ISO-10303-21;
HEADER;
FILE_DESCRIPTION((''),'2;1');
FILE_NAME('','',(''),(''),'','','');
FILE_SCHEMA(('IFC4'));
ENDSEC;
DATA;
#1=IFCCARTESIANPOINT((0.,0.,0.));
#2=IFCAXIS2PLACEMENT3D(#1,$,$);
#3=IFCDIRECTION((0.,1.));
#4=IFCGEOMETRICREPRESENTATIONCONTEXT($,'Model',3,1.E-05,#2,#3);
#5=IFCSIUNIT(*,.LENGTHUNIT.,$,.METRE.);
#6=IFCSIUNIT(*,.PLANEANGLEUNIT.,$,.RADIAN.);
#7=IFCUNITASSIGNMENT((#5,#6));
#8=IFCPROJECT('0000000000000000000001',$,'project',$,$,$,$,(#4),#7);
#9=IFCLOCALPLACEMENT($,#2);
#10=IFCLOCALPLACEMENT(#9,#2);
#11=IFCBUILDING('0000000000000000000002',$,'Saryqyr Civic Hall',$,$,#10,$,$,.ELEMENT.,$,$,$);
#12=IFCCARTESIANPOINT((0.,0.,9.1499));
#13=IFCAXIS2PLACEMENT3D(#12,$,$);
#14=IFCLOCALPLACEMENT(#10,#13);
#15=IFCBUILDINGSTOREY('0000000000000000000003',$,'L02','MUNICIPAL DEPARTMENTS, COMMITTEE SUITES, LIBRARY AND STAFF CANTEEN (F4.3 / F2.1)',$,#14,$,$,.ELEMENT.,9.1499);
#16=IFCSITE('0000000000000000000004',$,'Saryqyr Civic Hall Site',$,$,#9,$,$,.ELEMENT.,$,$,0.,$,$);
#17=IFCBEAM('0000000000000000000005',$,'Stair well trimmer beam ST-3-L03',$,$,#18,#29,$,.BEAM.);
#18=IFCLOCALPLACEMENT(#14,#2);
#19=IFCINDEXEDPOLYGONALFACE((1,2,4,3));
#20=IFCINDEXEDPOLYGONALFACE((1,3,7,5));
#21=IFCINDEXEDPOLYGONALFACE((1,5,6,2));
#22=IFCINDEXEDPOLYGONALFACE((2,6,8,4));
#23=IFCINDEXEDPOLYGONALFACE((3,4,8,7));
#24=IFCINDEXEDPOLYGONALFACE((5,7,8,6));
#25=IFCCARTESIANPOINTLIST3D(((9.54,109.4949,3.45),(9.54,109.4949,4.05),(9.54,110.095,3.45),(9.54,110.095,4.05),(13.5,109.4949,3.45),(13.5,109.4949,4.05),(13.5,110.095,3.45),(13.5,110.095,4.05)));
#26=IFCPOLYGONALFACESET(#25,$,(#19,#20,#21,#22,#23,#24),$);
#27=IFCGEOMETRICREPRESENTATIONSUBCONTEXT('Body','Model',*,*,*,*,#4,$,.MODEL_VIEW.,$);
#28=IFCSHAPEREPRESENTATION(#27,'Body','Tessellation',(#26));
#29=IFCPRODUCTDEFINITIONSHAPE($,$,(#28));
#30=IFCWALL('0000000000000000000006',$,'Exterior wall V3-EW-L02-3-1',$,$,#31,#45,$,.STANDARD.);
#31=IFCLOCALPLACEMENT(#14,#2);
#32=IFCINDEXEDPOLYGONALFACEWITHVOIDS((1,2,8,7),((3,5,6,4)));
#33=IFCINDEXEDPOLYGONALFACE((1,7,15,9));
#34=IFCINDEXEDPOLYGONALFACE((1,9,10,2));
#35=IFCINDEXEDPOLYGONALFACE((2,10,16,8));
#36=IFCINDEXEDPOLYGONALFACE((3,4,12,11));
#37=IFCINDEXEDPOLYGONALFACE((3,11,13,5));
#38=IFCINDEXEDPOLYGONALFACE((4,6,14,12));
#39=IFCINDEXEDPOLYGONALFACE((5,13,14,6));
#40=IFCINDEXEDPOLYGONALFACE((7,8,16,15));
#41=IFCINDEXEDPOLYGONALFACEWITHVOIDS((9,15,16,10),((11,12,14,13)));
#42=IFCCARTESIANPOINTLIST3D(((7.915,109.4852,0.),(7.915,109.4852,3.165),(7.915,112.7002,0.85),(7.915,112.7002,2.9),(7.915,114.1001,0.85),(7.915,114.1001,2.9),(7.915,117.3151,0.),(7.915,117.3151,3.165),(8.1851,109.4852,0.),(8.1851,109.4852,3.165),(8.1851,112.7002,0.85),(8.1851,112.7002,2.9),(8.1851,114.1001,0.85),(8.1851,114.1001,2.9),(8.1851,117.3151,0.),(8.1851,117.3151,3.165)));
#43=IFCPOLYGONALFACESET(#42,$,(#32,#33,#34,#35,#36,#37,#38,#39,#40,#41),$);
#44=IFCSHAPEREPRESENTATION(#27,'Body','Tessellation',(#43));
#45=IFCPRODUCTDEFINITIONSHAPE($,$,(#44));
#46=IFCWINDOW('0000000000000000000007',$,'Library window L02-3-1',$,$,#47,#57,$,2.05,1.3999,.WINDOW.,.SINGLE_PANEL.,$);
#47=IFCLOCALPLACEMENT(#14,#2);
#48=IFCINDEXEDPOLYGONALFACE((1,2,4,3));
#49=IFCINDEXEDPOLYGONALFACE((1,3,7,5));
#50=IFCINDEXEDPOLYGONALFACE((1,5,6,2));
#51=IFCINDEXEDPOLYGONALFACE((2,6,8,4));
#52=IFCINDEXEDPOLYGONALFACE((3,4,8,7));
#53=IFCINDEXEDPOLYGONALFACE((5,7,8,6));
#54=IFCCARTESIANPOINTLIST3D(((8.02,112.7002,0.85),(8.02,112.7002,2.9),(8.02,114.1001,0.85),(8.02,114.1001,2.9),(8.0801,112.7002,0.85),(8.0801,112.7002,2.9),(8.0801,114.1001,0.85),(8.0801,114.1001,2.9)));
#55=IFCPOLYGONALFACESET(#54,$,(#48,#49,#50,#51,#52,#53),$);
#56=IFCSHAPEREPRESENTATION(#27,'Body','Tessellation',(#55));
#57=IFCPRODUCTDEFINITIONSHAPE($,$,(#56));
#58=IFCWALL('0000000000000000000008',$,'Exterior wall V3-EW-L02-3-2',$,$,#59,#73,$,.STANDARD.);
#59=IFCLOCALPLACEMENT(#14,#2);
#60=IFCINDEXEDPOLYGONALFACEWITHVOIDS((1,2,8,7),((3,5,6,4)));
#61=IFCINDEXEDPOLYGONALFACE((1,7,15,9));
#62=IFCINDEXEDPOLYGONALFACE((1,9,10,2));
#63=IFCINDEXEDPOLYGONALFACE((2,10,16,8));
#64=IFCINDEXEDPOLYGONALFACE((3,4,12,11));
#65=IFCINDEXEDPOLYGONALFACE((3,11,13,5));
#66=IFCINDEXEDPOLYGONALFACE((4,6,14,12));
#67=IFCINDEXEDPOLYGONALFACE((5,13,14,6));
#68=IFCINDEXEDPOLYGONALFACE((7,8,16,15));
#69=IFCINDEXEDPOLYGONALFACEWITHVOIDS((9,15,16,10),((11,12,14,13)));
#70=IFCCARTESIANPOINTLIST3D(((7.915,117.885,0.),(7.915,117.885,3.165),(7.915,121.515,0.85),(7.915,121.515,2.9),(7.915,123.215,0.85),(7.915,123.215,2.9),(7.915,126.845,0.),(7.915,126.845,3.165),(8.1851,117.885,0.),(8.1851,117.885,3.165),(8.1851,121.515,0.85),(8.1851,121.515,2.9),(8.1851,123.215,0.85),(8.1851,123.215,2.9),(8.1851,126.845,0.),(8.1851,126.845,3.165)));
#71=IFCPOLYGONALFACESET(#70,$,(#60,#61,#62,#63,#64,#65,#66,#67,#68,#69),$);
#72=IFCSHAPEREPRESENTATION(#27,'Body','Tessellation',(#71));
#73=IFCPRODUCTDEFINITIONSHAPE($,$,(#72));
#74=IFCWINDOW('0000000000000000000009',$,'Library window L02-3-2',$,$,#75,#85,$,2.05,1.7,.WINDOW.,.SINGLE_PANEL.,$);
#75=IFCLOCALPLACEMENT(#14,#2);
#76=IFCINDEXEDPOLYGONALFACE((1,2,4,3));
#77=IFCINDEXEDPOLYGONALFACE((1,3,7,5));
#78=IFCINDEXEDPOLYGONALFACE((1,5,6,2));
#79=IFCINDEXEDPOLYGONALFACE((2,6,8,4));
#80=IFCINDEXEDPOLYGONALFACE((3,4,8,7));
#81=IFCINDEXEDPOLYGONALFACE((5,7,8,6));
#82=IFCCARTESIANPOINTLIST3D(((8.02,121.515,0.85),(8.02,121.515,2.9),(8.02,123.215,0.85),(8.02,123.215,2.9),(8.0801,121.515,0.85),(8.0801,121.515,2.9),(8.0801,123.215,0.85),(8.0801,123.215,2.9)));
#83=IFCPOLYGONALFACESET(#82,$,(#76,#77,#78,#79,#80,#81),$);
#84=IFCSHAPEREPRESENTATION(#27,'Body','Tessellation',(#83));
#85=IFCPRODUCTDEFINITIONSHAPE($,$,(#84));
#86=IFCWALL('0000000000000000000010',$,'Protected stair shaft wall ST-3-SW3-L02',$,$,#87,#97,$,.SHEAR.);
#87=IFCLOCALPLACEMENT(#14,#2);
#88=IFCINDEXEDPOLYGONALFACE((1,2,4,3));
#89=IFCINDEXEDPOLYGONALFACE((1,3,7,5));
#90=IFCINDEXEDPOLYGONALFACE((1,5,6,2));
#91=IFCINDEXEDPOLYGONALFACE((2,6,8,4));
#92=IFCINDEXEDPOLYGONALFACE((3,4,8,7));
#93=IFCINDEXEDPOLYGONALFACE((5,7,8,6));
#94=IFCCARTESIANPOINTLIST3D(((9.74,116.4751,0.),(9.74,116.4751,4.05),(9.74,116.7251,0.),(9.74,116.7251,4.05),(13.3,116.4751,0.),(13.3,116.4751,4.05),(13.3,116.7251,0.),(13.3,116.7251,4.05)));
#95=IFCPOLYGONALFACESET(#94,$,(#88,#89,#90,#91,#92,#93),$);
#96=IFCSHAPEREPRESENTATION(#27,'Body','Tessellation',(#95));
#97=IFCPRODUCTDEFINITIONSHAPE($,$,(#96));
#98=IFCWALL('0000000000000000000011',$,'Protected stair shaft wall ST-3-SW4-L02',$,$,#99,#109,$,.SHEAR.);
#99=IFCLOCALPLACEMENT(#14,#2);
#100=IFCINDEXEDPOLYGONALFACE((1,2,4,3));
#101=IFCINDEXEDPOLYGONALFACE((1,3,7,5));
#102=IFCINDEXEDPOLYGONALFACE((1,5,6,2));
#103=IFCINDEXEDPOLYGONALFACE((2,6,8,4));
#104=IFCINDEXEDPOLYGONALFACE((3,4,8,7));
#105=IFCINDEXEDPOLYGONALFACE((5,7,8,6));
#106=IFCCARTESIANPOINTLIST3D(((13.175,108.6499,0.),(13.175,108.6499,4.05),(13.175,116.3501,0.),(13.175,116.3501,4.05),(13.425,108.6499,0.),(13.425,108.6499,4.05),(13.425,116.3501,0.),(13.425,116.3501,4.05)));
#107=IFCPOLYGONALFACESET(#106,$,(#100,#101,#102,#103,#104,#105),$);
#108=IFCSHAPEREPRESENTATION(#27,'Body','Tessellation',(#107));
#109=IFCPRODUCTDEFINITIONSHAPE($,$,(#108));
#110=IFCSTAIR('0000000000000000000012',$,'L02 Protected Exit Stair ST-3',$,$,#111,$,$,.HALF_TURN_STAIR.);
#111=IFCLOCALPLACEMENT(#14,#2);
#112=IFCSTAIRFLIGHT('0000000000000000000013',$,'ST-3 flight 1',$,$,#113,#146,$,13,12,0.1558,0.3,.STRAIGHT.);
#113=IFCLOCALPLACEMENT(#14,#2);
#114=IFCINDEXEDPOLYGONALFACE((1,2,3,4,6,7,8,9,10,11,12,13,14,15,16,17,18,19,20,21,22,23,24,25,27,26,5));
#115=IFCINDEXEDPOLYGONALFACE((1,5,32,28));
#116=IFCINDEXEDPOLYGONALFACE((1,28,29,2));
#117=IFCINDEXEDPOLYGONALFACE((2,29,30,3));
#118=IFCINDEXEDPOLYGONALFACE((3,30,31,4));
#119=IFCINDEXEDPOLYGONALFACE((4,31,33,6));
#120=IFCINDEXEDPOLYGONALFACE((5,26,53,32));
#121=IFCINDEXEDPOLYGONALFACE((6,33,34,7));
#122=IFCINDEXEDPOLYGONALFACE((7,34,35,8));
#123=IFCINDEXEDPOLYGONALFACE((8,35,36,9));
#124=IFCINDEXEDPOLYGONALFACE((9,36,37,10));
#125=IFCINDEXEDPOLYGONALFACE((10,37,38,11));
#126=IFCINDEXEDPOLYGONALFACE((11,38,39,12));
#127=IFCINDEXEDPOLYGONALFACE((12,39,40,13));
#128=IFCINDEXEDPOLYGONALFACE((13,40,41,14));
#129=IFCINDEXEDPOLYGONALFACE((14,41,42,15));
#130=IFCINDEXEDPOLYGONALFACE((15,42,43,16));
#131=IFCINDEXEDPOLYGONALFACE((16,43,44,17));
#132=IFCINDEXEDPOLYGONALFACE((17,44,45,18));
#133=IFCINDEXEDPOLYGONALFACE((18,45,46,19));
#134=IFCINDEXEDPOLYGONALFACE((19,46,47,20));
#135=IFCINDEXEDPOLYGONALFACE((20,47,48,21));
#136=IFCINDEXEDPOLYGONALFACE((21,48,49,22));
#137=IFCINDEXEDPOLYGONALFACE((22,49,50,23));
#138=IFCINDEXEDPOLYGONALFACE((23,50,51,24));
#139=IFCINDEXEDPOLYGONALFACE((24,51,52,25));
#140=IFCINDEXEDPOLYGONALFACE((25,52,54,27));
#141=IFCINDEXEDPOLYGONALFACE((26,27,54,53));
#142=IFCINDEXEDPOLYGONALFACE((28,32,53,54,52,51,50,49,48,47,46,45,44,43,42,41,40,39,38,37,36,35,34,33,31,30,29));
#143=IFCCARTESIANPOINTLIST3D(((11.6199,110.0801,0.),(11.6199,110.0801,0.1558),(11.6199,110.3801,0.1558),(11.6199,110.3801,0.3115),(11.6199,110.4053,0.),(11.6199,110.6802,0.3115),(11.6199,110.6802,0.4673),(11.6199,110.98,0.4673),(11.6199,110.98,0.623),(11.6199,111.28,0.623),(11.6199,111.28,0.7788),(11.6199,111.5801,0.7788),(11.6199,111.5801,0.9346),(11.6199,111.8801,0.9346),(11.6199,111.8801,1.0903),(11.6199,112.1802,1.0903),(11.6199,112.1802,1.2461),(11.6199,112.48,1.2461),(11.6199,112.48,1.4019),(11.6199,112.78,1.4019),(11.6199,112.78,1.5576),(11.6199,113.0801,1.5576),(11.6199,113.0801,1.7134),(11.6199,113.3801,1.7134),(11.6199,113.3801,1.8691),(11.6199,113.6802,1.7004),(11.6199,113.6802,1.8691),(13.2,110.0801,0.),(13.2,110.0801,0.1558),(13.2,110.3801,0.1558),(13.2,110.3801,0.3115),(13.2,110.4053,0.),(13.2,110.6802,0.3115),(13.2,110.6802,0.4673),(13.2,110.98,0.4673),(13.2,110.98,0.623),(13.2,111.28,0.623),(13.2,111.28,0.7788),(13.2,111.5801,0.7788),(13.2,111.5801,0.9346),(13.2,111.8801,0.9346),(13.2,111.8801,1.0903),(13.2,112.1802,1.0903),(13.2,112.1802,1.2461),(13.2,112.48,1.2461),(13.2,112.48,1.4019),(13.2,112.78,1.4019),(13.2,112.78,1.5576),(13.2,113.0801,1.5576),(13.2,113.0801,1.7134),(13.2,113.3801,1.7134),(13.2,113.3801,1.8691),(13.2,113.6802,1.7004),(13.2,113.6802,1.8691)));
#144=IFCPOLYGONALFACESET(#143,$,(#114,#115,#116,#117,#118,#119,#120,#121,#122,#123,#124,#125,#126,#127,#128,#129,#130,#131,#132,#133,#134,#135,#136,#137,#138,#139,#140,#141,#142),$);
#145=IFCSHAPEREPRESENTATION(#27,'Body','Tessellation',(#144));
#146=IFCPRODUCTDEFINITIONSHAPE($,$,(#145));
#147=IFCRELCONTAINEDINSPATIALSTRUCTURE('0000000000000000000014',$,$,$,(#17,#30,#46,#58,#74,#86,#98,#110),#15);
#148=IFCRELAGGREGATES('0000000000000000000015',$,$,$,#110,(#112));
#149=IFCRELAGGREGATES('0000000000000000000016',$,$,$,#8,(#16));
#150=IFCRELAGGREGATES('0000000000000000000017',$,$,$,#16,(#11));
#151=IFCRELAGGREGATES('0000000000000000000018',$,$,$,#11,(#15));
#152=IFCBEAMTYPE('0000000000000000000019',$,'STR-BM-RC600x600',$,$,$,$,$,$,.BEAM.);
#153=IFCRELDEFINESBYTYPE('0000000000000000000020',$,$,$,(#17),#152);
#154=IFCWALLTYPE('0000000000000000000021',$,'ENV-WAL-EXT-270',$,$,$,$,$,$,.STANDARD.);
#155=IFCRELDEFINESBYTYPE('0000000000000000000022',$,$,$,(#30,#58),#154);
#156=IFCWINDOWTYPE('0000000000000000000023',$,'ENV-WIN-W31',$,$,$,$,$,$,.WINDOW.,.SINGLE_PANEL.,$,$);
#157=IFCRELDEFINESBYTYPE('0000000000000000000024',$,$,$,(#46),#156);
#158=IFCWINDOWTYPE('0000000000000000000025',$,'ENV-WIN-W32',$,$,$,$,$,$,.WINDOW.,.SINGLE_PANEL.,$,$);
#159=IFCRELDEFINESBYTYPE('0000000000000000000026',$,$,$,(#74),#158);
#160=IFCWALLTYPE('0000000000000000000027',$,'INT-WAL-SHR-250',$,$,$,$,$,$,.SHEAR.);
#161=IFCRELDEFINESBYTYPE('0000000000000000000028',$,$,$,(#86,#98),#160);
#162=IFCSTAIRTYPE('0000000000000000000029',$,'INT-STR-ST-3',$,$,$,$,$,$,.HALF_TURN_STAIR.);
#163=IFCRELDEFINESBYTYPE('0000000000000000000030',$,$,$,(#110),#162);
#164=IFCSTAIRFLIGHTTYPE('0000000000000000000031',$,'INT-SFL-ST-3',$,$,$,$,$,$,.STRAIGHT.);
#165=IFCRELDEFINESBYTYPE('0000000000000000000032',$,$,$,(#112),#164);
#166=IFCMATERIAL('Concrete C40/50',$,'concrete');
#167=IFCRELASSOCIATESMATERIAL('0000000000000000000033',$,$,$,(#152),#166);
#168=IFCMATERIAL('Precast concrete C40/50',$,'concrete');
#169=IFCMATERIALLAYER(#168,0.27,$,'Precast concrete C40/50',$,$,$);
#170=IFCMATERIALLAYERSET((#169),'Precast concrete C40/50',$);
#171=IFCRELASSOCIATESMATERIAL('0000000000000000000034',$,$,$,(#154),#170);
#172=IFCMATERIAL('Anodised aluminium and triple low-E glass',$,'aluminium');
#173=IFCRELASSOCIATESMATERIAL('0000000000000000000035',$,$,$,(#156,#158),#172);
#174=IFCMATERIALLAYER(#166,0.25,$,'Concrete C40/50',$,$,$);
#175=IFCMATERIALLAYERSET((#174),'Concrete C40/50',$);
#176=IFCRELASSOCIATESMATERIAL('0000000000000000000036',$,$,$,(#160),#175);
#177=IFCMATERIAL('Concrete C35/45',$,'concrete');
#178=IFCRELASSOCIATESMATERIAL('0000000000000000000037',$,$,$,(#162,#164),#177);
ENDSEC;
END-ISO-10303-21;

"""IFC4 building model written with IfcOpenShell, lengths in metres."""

from ifc_helpers import new_model, si_unit, direction, frame, frame_2d, origin, origin_2d, place, context, subcontext, project, spatial, polyline, rectangle, outline, extrude, material, layer, layer_set, material_profile, profile_set, type_object, element, fill, aggregate, save


model = new_model("IFC4")

# Units and contexts
model_context = context("Model", 3, precision=1e-05, world=origin(), true_north=direction((0.0, 1.0)))
body_context = subcontext(model_context, "Body", "Model", "MODEL_VIEW")
ifc_project = project(units=[si_unit("LENGTHUNIT", "METRE"), si_unit("PLANEANGLEUNIT", "RADIAN")], contexts=[model_context])

# Site, building, storey
site_placement = place(None, origin())
site = spatial("IfcSite", under=ifc_project, at=site_placement, Name="Saryqyr Civic Hall Site", CompositionType="ELEMENT", RefElevation=0.0)
building_placement = place(site_placement, origin())
building = spatial("IfcBuilding", under=site, at=building_placement, Name="Saryqyr Civic Hall", CompositionType="ELEMENT")
storey_placement = place(building_placement, frame((0.0, 0.0, 9.1499)))
storey = spatial("IfcBuildingStorey", under=building, at=storey_placement, Name="L02", Description="MUNICIPAL DEPARTMENTS, COMMITTEE SUITES, LIBRARY AND STAFF CANTEEN (F4.3 / F2.1)", CompositionType="ELEMENT", Elevation=9.1499)

# Shared definitions
ifc_material_1 = material(Name="Concrete C40/50", Category="concrete")

# Beam
ifc_material_2 = material(Name="Concrete C35/45", Category="concrete")
ifc_material_profile_1 = material_profile(ifc_material_1, rectangle(XDim=0.6001, YDim=0.6001, at=origin_2d()), Name="RC 600x600")
ifc_profile_set_1 = profile_set([ifc_material_profile_1], Name="Concrete C40/50")
beam_type_1 = type_object("IfcBeamType", Name="STR-BM-RC600x600", PredefinedType="BEAM", material=ifc_profile_set_1)
beam_1_placement = place(storey_placement, frame((13.5, 109.7949, 3.75), z_axis=(-1.0, 0.0, 0.0), x_axis=(0.0, -1.0, 0.0)))
element("IfcBeam", 1, at=beam_1_placement, inside=storey, type_object=beam_type_1, Name="Stair well trimmer beam ST-3-L03", PredefinedType="BEAM", context=body_context, shape_type="SweptSolid", body=[
    extrude(rectangle(XDim=0.6001, YDim=0.6001, at=origin_2d()), origin(), (0.0, 0.0, 1.0), 3.96),
])

# Walls, openings, windows
ifc_material_3 = material(Name="Precast concrete C40/50", Category="concrete")
ifc_layer_1 = layer(ifc_material_3, 0.27, Name="Precast concrete C40/50")
ifc_layer_set_1 = layer_set([ifc_layer_1], Name="Precast concrete C40/50")
wall_type_1 = type_object("IfcWallType", Name="ENV-WAL-EXT-270", PredefinedType="STANDARD", material=ifc_layer_set_1)
wall_1_placement = place(storey_placement, frame((8.05, 109.4851, 0.0), z_axis=(0.0, 0.0, 1.0), x_axis=(0.0, 1.0, 0.0)))
wall_1 = element("IfcWall", 2, at=wall_1_placement, inside=storey, type_object=wall_type_1, Name="Exterior wall V3-EW-L02-3-1", PredefinedType="STANDARD", context=body_context, shape_type="SweptSolid", body=[
    extrude(rectangle(XDim=7.8298, YDim=0.27, at=frame_2d((3.915, 0.0))), origin(), (0.0, 0.0, 1.0), 3.165),
])
opening_1_placement = place(wall_1_placement, frame((3.2151, 0.0, 0.8501)))
opening_1 = element("IfcOpeningElement", 3, at=opening_1_placement, cuts=wall_1, PredefinedType="OPENING", context=body_context, shape_type="SweptSolid", body=[
    extrude(rectangle(XDim=1.3999, YDim=2.05, at=frame_2d((0.7, 1.0249))), frame((0.0, 0.145, 0.0), z_axis=(0.0, -1.0, 0.0), x_axis=(1.0, 0.0, 0.0)), (0.0, 0.0, 1.0), 0.29),
])
ifc_material_4 = material(Name="Anodised aluminium and triple low-E glass", Category="aluminium")
window_type_1 = type_object("IfcWindowType", Name="ENV-WIN-W31", PartitioningType="SINGLE_PANEL", PredefinedType="WINDOW", material=ifc_material_4)
window_1_placement = place(opening_1_placement, origin())
window_1 = element("IfcWindow", 4, at=window_1_placement, inside=storey, type_object=window_type_1, Name="Library window L02-3-1", OverallHeight=2.05, OverallWidth=1.3999, PartitioningType="SINGLE_PANEL", PredefinedType="WINDOW", context=body_context, shape_type="SweptSolid", body=[
    extrude(rectangle(XDim=1.3999, YDim=2.05, at=frame_2d((0.7, 1.0249))), frame((0.0, 0.03, 0.0), z_axis=(0.0, -1.0, 0.0), x_axis=(1.0, 0.0, 0.0)), (0.0, 0.0, 1.0), 0.0601),
])
fill(opening_1, window_1)
wall_2_placement = place(storey_placement, frame((8.05, 117.885, 0.0), z_axis=(0.0, 0.0, 1.0), x_axis=(0.0, 1.0, 0.0)))
wall_2 = element("IfcWall", 5, at=wall_2_placement, inside=storey, type_object=wall_type_1, Name="Exterior wall V3-EW-L02-3-2", PredefinedType="STANDARD", context=body_context, shape_type="SweptSolid", body=[
    extrude(rectangle(XDim=8.96, YDim=0.27, at=frame_2d((4.48, 0.0))), origin(), (0.0, 0.0, 1.0), 3.165),
])
opening_2_placement = place(wall_2_placement, frame((3.6299, 0.0, 0.8501)))
opening_2 = element("IfcOpeningElement", 6, at=opening_2_placement, cuts=wall_2, PredefinedType="OPENING", context=body_context, shape_type="SweptSolid", body=[
    extrude(rectangle(XDim=1.7, YDim=2.05, at=frame_2d((0.8501, 1.0249))), frame((0.0, 0.145, 0.0), z_axis=(0.0, -1.0, 0.0), x_axis=(1.0, 0.0, 0.0)), (0.0, 0.0, 1.0), 0.29),
])
window_type_2 = type_object("IfcWindowType", Name="ENV-WIN-W32", PartitioningType="SINGLE_PANEL", PredefinedType="WINDOW", material=ifc_material_4)
window_2_placement = place(opening_2_placement, origin())
window_2 = element("IfcWindow", 7, at=window_2_placement, inside=storey, type_object=window_type_2, Name="Library window L02-3-2", OverallHeight=2.05, OverallWidth=1.7, PartitioningType="SINGLE_PANEL", PredefinedType="WINDOW", context=body_context, shape_type="SweptSolid", body=[
    extrude(rectangle(XDim=1.7, YDim=2.05, at=frame_2d((0.8501, 1.0249))), frame((0.0, 0.03, 0.0), z_axis=(0.0, -1.0, 0.0), x_axis=(1.0, 0.0, 0.0)), (0.0, 0.0, 1.0), 0.0601),
])
fill(opening_2, window_2)

# Walls
ifc_layer_2 = layer(ifc_material_1, 0.25, Name="Concrete C40/50")
ifc_layer_set_2 = layer_set([ifc_layer_2], Name="Concrete C40/50")
wall_type_2 = type_object("IfcWallType", Name="INT-WAL-SHR-250", PredefinedType="SHEAR", material=ifc_layer_set_2)
wall_3_placement = place(storey_placement, frame((9.74, 116.6001, 0.0), z_axis=(0.0, 0.0, 1.0), x_axis=(1.0, 0.0, 0.0)))
element("IfcWall", 8, at=wall_3_placement, inside=storey, type_object=wall_type_2, Name="Protected stair shaft wall ST-3-SW3-L02", PredefinedType="SHEAR", context=body_context, shape_type="SweptSolid", body=[
    extrude(rectangle(XDim=3.5601, YDim=0.25, at=frame_2d((1.78, 0.0))), origin(), (0.0, 0.0, 1.0), 4.05),
])
wall_4_placement = place(storey_placement, frame((13.3, 116.3501, 0.0), z_axis=(0.0, 0.0, 1.0), x_axis=(0.0, -1.0, 0.0)))
element("IfcWall", 9, at=wall_4_placement, inside=storey, type_object=wall_type_2, Name="Protected stair shaft wall ST-3-SW4-L02", PredefinedType="SHEAR", context=body_context, shape_type="SweptSolid", body=[
    extrude(rectangle(XDim=7.7002, YDim=0.25, at=frame_2d((3.8501, 0.0))), origin(), (0.0, 0.0, 1.0), 4.05),
])

# Stair, stair flight
stair_type = type_object("IfcStairType", Name="INT-STR-ST-3", PredefinedType="HALF_TURN_STAIR", material=ifc_material_2)
stair_placement = place(storey_placement, origin())
stair = element("IfcStair", 10, at=stair_placement, inside=storey, type_object=stair_type, Name="L02 Protected Exit Stair ST-3", PredefinedType="HALF_TURN_STAIR")
stair_flight_type = type_object("IfcStairFlightType", Name="INT-SFL-ST-3", PredefinedType="STRAIGHT", material=ifc_material_2)
stair_flight_1_placement = place(storey_placement, frame((12.4099, 110.0801, 0.0), z_axis=(0.0, 0.0, 1.0), x_axis=(0.0, 1.0, 0.0)))
stair_flight_1 = element("IfcStairFlight", 11, at=stair_flight_1_placement, type_object=stair_flight_type, Name="ST-3 flight 1", NumberOfRisers=13, NumberOfTreads=12, PredefinedType="STRAIGHT", RiserHeight=0.1558, TreadLength=0.3, context=body_context, shape_type="SweptSolid", body=[
    extrude(outline(polyline([(0.0, 0.0), (0.0, 0.1558), (0.3, 0.1558), (0.3, 0.3115), (0.6001, 0.3115), (0.6001, 0.4673), (0.8999, 0.4673), (0.8999, 0.623), (1.2, 0.623), (1.2, 0.7788), (1.5, 0.7788), (1.5, 0.9346), (1.8, 0.9346), (1.8, 1.0903), (2.1001, 1.0903), (2.1001, 1.2461), (2.3999, 1.2461), (2.3999, 1.4019), (2.7, 1.4019), (2.7, 1.5576), (3.0, 1.5576), (3.0, 1.7134), (3.3, 1.7134), (3.3, 1.8691), (3.6001, 1.8691), (3.6001, 2.0249), (3.6001, 1.7004), (0.3252, 0.0), (0.0, 0.0)])), frame((0.0, 0.79, 0.0), z_axis=(0.0, -1.0, 0.0), x_axis=(1.0, 0.0, 0.0)), (0.0, 0.0, 1.0), 1.5801),
])
aggregate(stair, [stair_flight_1])

save(model, "model.ifc")
